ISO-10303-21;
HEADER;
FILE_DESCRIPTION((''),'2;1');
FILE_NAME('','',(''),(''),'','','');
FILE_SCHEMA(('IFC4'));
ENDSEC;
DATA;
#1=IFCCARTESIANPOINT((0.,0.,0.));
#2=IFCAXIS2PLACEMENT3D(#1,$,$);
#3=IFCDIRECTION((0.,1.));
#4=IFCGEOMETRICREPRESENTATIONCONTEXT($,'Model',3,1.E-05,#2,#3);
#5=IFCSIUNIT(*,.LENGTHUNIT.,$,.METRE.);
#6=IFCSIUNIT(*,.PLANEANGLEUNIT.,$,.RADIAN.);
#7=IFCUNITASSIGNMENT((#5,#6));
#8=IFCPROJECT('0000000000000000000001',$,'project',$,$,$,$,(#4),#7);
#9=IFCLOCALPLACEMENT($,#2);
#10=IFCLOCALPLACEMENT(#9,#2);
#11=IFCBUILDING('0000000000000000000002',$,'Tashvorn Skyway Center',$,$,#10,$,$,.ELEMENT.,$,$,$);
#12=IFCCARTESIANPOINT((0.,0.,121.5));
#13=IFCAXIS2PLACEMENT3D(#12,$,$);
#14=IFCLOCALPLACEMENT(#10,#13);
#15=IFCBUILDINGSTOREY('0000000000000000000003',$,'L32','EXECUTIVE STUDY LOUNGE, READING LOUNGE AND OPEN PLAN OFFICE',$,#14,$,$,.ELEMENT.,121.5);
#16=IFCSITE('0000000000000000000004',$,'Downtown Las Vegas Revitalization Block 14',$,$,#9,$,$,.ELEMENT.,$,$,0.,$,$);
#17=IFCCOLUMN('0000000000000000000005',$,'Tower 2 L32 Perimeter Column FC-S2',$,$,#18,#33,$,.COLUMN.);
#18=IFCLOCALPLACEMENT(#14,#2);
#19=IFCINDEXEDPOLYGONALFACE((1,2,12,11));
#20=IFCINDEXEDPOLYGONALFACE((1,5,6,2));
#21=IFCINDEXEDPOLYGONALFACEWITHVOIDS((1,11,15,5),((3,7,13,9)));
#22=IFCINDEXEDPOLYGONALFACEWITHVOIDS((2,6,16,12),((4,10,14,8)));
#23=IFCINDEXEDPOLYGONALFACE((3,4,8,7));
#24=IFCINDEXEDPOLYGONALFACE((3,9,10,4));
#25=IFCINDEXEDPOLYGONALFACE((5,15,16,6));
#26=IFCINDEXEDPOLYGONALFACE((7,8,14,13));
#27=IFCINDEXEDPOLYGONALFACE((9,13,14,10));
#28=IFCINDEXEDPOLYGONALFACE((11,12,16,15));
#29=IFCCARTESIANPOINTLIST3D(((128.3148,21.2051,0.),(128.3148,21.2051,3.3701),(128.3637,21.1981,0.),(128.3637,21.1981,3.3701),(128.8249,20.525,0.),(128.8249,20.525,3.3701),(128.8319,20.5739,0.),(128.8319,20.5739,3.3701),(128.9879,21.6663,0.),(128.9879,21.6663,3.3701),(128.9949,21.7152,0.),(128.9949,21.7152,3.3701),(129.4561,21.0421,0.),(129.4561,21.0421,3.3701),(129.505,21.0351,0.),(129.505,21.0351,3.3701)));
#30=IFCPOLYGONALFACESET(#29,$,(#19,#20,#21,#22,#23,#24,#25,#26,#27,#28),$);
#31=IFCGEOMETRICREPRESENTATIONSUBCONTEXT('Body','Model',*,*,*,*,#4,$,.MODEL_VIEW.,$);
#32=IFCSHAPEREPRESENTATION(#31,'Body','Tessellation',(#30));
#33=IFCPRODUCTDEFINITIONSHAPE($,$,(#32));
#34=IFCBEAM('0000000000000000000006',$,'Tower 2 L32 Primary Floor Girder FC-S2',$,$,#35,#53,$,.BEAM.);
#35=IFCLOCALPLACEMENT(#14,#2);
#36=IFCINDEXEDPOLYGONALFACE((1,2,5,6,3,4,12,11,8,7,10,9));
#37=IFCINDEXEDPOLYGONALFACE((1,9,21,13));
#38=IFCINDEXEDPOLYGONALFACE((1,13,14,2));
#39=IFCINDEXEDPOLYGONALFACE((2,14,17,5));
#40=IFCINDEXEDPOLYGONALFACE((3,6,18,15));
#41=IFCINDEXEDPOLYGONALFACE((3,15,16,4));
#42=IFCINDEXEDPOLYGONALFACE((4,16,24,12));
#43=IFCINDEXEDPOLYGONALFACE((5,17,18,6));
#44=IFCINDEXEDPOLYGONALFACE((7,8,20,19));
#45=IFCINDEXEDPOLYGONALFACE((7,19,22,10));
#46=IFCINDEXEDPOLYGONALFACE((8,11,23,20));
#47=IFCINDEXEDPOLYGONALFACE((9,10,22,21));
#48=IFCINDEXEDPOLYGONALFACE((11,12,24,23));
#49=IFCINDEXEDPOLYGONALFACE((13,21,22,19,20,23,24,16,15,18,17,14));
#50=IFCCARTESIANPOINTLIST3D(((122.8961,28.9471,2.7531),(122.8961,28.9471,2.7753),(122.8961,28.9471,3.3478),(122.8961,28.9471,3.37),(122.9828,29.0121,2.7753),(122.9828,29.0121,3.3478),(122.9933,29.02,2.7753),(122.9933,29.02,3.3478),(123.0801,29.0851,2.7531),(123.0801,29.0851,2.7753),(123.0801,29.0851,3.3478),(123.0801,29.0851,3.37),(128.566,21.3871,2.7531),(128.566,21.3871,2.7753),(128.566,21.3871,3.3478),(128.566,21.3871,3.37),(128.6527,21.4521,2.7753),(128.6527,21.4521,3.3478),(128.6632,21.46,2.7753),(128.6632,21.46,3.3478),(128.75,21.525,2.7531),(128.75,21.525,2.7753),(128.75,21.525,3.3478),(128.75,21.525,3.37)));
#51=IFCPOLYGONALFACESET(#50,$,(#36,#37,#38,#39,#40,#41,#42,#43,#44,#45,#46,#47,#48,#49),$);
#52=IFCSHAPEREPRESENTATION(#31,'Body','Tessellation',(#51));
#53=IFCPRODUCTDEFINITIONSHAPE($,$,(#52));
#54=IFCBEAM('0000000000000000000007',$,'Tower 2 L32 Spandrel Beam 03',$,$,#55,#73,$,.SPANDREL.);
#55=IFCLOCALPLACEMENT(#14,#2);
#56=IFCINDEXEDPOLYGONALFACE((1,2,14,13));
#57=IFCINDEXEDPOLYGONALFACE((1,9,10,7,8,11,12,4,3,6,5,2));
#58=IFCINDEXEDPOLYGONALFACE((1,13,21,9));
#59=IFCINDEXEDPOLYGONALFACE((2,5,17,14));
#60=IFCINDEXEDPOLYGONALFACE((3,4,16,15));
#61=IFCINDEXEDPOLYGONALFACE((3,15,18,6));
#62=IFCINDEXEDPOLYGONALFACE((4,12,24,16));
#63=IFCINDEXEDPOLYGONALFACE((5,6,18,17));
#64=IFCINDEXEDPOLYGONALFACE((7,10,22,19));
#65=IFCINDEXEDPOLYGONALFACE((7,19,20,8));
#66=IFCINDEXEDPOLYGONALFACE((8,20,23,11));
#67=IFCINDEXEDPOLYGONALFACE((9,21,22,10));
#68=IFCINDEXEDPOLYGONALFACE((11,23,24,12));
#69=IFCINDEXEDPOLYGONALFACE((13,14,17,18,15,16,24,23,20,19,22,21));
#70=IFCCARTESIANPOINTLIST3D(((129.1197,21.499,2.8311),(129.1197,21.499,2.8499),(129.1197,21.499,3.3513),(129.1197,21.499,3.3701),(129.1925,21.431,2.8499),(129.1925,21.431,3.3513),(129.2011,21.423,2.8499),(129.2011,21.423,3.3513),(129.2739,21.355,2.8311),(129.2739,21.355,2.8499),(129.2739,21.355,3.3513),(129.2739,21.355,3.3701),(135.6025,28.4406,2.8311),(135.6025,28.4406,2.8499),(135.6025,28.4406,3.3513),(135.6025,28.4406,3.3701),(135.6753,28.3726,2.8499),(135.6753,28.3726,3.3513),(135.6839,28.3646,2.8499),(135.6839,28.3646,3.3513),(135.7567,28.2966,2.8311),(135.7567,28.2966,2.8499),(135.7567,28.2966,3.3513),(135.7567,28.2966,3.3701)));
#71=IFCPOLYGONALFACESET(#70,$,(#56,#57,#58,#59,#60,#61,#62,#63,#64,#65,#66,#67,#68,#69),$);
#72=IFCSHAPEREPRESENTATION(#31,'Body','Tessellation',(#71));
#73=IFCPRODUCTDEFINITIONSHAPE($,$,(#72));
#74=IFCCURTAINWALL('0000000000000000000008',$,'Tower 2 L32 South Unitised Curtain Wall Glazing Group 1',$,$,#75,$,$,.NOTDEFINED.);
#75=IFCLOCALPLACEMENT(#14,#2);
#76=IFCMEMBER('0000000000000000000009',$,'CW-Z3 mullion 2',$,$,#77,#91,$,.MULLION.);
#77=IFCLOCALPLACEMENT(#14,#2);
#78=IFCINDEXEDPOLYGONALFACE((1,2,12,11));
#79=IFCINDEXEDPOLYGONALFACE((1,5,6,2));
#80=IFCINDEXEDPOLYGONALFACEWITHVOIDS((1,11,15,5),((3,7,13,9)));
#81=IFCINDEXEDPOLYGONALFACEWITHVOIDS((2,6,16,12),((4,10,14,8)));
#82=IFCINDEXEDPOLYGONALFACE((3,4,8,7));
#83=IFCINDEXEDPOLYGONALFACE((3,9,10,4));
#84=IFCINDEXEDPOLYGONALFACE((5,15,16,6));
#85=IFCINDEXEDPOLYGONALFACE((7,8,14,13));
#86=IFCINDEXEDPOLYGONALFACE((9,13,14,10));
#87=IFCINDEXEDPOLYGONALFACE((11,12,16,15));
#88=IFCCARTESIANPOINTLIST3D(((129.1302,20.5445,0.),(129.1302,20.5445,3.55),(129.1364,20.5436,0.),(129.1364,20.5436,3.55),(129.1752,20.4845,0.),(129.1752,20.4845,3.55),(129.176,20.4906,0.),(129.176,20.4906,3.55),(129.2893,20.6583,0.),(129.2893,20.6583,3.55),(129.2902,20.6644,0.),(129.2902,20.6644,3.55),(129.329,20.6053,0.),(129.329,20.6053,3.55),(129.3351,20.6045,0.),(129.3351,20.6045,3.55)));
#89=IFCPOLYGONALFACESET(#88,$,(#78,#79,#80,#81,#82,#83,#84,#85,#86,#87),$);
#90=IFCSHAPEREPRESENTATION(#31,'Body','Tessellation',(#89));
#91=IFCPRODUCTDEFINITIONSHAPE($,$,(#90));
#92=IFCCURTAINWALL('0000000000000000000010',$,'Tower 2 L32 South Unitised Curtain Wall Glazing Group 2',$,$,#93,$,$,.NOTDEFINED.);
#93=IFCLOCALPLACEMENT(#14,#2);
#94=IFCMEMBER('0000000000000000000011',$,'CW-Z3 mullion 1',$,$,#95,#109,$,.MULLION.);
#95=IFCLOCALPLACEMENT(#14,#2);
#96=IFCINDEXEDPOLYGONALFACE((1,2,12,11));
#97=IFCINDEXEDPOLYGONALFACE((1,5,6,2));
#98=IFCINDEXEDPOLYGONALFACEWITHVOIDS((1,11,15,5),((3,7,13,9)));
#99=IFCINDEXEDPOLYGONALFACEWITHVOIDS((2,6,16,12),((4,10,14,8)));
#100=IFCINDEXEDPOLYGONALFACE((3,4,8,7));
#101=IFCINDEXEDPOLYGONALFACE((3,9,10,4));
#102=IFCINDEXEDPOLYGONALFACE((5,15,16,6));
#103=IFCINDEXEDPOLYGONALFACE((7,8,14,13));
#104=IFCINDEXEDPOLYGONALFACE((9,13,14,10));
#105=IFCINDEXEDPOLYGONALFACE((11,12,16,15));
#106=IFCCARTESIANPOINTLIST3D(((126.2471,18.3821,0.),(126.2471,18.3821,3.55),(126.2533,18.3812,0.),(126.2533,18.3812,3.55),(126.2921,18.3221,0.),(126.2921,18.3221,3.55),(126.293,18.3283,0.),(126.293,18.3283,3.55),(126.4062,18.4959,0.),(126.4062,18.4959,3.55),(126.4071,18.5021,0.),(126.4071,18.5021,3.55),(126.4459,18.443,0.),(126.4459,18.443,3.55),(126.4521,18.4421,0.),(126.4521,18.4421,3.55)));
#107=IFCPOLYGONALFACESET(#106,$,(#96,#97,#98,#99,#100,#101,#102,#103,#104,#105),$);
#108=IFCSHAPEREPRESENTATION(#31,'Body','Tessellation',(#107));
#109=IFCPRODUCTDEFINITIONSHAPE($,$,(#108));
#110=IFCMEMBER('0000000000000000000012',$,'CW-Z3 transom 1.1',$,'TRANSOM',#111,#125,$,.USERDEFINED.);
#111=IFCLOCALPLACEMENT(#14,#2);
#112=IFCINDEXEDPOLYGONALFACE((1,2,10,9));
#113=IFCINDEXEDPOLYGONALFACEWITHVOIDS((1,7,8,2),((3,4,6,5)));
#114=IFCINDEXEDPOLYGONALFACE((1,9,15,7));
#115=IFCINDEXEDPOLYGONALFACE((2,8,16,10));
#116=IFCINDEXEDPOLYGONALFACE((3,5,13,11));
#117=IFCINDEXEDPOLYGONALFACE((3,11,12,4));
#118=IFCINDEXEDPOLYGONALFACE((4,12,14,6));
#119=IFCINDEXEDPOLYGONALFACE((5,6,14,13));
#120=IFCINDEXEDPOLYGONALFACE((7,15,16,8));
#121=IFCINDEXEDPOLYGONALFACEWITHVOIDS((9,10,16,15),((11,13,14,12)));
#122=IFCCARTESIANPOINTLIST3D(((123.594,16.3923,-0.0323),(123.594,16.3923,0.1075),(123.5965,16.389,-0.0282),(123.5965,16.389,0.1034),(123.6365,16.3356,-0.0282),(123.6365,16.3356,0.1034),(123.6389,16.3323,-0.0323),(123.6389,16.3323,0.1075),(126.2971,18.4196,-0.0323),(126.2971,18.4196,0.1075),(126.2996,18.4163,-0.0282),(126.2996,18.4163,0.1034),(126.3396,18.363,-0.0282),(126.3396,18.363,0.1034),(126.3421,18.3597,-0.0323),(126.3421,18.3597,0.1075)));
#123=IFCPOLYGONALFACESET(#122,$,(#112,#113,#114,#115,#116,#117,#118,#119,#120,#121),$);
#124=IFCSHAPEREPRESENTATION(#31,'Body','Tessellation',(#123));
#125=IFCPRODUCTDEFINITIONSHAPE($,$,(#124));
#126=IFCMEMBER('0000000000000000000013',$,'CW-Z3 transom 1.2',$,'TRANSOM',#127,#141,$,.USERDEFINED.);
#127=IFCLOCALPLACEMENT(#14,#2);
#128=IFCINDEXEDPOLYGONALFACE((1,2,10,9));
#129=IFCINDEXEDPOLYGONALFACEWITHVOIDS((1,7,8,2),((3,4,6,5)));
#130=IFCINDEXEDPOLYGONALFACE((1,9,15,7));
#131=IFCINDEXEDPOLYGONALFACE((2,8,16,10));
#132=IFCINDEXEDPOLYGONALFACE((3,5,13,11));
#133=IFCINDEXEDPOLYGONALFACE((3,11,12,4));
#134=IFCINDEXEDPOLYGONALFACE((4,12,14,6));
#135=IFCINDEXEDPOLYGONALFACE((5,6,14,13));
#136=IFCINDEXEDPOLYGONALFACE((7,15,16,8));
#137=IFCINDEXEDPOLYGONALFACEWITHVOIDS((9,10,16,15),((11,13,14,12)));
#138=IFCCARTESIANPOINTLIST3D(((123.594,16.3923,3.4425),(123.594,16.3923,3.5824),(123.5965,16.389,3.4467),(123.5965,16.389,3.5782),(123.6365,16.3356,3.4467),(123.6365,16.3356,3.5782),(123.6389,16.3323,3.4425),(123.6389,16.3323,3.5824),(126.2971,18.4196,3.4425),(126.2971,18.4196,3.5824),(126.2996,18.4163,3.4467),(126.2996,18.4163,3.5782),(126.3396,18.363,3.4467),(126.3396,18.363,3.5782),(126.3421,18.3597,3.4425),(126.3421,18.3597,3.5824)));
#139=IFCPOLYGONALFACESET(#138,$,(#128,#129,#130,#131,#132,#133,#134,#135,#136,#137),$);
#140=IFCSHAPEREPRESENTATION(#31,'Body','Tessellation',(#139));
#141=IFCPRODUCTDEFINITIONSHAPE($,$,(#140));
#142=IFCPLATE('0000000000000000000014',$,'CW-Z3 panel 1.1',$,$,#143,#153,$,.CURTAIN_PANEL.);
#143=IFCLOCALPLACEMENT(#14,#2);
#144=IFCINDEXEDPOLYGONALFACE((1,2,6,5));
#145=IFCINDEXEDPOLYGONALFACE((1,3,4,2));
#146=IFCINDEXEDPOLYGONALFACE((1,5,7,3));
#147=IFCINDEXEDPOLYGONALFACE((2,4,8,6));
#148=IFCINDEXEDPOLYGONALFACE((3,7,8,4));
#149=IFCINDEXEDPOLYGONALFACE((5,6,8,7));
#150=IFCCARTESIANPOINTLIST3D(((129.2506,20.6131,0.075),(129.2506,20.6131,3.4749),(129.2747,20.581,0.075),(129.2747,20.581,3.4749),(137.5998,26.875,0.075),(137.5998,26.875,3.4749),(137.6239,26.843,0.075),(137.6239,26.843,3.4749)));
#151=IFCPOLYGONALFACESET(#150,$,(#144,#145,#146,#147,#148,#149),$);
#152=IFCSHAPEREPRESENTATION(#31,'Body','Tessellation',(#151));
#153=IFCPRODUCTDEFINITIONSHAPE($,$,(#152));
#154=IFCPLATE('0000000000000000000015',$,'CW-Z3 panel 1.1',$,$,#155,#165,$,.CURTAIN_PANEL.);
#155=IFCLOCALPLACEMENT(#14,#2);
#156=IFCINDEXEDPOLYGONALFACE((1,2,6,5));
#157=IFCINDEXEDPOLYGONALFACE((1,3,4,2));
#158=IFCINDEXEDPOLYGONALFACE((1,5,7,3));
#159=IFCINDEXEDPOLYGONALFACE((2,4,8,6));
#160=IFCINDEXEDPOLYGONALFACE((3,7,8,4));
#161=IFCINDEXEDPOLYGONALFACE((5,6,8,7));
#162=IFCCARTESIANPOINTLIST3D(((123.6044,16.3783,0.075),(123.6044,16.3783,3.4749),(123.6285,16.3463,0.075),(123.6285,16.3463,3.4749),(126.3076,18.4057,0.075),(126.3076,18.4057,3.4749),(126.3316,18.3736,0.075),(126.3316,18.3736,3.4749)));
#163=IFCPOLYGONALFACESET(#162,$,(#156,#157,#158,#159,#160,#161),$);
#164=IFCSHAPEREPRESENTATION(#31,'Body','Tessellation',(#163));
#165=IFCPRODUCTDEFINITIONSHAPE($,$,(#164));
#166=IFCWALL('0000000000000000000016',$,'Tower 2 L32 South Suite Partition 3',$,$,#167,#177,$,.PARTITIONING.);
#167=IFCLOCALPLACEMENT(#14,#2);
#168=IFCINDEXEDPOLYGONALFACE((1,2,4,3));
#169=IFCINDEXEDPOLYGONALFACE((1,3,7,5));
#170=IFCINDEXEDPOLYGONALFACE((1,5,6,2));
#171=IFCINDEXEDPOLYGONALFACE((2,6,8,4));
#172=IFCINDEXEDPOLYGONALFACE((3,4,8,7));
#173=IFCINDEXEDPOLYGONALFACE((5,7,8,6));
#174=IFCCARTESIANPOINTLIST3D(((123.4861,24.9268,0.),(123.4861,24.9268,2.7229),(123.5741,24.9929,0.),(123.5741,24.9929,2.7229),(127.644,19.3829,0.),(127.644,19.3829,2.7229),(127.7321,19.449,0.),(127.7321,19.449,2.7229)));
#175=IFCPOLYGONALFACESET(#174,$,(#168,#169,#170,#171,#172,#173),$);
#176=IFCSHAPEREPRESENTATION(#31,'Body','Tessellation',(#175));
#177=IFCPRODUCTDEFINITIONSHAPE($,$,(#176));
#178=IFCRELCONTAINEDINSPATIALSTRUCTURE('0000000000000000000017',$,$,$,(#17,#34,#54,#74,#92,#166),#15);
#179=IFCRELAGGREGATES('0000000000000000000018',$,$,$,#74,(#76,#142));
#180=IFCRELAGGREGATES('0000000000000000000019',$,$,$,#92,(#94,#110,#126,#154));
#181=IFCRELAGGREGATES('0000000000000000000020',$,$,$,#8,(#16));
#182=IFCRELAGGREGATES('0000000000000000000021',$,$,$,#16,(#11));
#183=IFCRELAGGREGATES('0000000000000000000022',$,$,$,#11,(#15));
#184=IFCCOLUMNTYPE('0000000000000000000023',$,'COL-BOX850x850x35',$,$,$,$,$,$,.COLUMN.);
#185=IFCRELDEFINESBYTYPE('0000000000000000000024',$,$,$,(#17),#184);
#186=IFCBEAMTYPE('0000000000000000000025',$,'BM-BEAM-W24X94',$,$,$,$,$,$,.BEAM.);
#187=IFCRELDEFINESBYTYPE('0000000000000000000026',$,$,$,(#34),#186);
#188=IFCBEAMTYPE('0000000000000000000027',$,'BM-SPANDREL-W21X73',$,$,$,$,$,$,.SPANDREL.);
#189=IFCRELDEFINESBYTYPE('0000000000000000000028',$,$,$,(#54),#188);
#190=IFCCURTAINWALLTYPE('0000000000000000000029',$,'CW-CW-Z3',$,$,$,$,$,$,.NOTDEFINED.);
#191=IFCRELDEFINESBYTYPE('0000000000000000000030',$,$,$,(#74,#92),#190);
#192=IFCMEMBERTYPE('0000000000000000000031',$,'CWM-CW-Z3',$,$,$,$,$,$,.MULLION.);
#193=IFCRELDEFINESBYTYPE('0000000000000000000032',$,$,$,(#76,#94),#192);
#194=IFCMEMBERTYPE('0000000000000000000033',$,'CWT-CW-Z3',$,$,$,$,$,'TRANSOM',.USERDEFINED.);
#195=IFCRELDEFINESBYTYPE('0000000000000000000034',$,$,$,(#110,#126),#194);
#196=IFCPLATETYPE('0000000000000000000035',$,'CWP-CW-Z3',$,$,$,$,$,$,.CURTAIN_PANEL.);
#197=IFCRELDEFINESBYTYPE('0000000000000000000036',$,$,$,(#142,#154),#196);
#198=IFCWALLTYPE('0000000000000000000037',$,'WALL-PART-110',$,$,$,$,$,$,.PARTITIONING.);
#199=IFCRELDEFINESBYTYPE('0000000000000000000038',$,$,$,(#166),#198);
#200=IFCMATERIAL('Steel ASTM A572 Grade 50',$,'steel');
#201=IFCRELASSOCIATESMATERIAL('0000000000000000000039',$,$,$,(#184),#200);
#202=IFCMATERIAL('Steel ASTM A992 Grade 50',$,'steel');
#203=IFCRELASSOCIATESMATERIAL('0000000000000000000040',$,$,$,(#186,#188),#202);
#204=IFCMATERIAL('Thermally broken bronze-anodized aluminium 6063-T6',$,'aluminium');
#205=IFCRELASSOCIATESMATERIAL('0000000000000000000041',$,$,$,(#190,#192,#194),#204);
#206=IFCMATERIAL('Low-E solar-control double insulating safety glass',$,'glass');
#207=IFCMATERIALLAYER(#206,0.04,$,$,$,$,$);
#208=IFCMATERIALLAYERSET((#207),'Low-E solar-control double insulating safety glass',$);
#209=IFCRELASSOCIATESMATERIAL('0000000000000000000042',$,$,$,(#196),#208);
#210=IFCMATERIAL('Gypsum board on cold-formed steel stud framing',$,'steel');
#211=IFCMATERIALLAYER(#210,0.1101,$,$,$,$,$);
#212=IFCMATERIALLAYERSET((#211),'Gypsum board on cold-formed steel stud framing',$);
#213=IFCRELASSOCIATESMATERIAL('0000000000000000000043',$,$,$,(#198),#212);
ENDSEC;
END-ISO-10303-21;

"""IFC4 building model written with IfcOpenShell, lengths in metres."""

from ifc_helpers import new_model, si_unit, direction, frame, frame_2d, origin, origin_2d, place, context, subcontext, project, spatial, rectangle, hollow_rectangle, i_section, extrude, material, layer, layer_set, material_profile, profile_set, type_object, element, aggregate, save


model = new_model("IFC4")

# Units and contexts
model_context = context("Model", 3, precision=1e-05, world=origin(), true_north=direction((0.0, 1.0)))
body_context = subcontext(model_context, "Body", "Model", "MODEL_VIEW")
ifc_project = project(units=[si_unit("LENGTHUNIT", "METRE"), si_unit("PLANEANGLEUNIT", "RADIAN")], contexts=[model_context])

# Site, building, storey
site_placement = place(None, origin())
site = spatial("IfcSite", under=ifc_project, at=site_placement, Name="Downtown Las Vegas Revitalization Block 14", CompositionType="ELEMENT", RefElevation=0.0)
building_placement = place(site_placement, origin())
building = spatial("IfcBuilding", under=site, at=building_placement, Name="Tashvorn Skyway Center", CompositionType="ELEMENT")
storey_placement = place(building_placement, frame((0.0, 0.0, 121.5)))
storey = spatial("IfcBuildingStorey", under=building, at=storey_placement, Name="L32", Description="EXECUTIVE STUDY LOUNGE, READING LOUNGE AND OPEN PLAN OFFICE", CompositionType="ELEMENT", Elevation=121.5)

# Column
ifc_material_1 = material(Name="Steel ASTM A572 Grade 50", Category="steel")
ifc_material_profile_1 = material_profile(ifc_material_1, hollow_rectangle(XDim=0.8501, YDim=0.8501, WallThickness=0.0349, at=origin_2d()), Name="BOX850x850x35")
ifc_profile_set_1 = profile_set([ifc_material_profile_1], Name="Steel ASTM A572 Grade 50")
column_type = type_object("IfcColumnType", Name="COL-BOX850x850x35", PredefinedType="COLUMN", material=ifc_profile_set_1)
column_placement = place(storey_placement, frame((128.9099, 21.1201, 0.0), z_axis=(0.0, 0.0, 1.0), x_axis=(0.8, 0.6, 0.0)))
element("IfcColumn", 1, at=column_placement, inside=storey, type_object=column_type, Name="Tower 2 L32 Perimeter Column FC-S2", PredefinedType="COLUMN", context=body_context, shape_type="SweptSolid", body=[
    extrude(hollow_rectangle(XDim=0.8501, YDim=0.8501, WallThickness=0.0349, at=origin_2d()), origin(), (0.0, 0.0, 1.0), 3.3701),
])

# Beams
ifc_material_2 = material(Name="Steel ASTM A992 Grade 50", Category="steel")
ifc_material_profile_2 = material_profile(ifc_material_2, i_section(OverallWidth=0.23, OverallDepth=0.6169, WebThickness=0.0132, FlangeThickness=0.0222, at=origin_2d()), Name="W24X94")
ifc_profile_set_2 = profile_set([ifc_material_profile_2], Name="Steel ASTM A992 Grade 50")
beam_type_1 = type_object("IfcBeamType", Name="BM-BEAM-W24X94", PredefinedType="BEAM", material=ifc_profile_set_2)
beam_1_placement = place(storey_placement, frame((128.658, 21.4561, 3.0615), z_axis=(-0.599992, 0.800006, 0.0), x_axis=(-0.800006, -0.599992, 0.0)))
element("IfcBeam", 2, at=beam_1_placement, inside=storey, type_object=beam_type_1, Name="Tower 2 L32 Primary Floor Girder FC-S2", PredefinedType="BEAM", context=body_context, shape_type="SweptSolid", body=[
    extrude(i_section(OverallWidth=0.23, OverallDepth=0.6169, WebThickness=0.0132, FlangeThickness=0.0222, at=origin_2d()), origin(), (0.0, 0.0, 1.0), 9.45),
])
ifc_material_profile_3 = material_profile(ifc_material_2, i_section(OverallWidth=0.2109, OverallDepth=0.5391, WebThickness=0.0117, FlangeThickness=0.0188, at=origin_2d()), Name="W21X73")
ifc_profile_set_3 = profile_set([ifc_material_profile_3], Name="Steel ASTM A992 Grade 50")
beam_type_2 = type_object("IfcBeamType", Name="BM-SPANDREL-W21X73", PredefinedType="SPANDREL", material=ifc_profile_set_3)
beam_2_placement = place(storey_placement, frame((129.1968, 21.427, 3.1006), z_axis=(0.682545, 0.730843, 0.0), x_axis=(-0.730843, 0.682545, 0.0)))
element("IfcBeam", 3, at=beam_2_placement, inside=storey, type_object=beam_type_2, Name="Tower 2 L32 Spandrel Beam 03", PredefinedType="SPANDREL", context=body_context, shape_type="SweptSolid", body=[
    extrude(i_section(OverallWidth=0.2109, OverallDepth=0.5391, WebThickness=0.0117, FlangeThickness=0.0188, at=origin_2d()), origin(), (0.0, 0.0, 1.0), 9.498),
])

# Curtain wall, member
ifc_material_3 = material(Name="Thermally broken bronze-anodized aluminium 6063-T6", Category="aluminium")
curtain_wall_type = type_object("IfcCurtainWallType", Name="CW-CW-Z3", PredefinedType="NOTDEFINED", material=ifc_material_3)
curtain_wall_1_placement = place(storey_placement, origin())
curtain_wall_1 = element("IfcCurtainWall", 4, at=curtain_wall_1_placement, inside=storey, type_object=curtain_wall_type, Name="Tower 2 L32 South Unitised Curtain Wall Glazing Group 1", PredefinedType="NOTDEFINED")
ifc_material_profile_4 = material_profile(ifc_material_3, hollow_rectangle(XDim=0.075, YDim=0.2, WallThickness=0.0044, at=origin_2d()), Name="ALU-MULL-75x200")
ifc_profile_set_4 = profile_set([ifc_material_profile_4], Name="Thermally broken bronze-anodized aluminium 6063-T6")
member_type_1 = type_object("IfcMemberType", Name="CWM-CW-Z3", PredefinedType="MULLION", material=ifc_profile_set_4)
member_1_placement = place(storey_placement, frame((129.2327, 20.5745, 0.0), z_axis=(0.0, 0.0, 1.0), x_axis=(0.600002, -0.799999, 0.0)))
member_1 = element("IfcMember", 5, at=member_1_placement, type_object=member_type_1, Name="CW-Z3 mullion 2", PredefinedType="MULLION", context=body_context, shape_type="SweptSolid", body=[
    extrude(hollow_rectangle(XDim=0.075, YDim=0.2, WallThickness=0.0044, at=origin_2d()), origin(), (0.0, 0.0, 1.0), 3.55),
])

# Curtain wall, members
curtain_wall_2_placement = place(storey_placement, origin())
curtain_wall_2 = element("IfcCurtainWall", 6, at=curtain_wall_2_placement, inside=storey, type_object=curtain_wall_type, Name="Tower 2 L32 South Unitised Curtain Wall Glazing Group 2", PredefinedType="NOTDEFINED")
member_2_placement = place(storey_placement, frame((126.3496, 18.4121, 0.0), z_axis=(0.0, 0.0, 1.0), x_axis=(0.6, -0.8, 0.0)))
member_2 = element("IfcMember", 7, at=member_2_placement, type_object=member_type_1, Name="CW-Z3 mullion 1", PredefinedType="MULLION", context=body_context, shape_type="SweptSolid", body=[
    extrude(hollow_rectangle(XDim=0.075, YDim=0.2, WallThickness=0.0044, at=origin_2d()), origin(), (0.0, 0.0, 1.0), 3.55),
])
ifc_material_profile_5 = material_profile(ifc_material_3, hollow_rectangle(XDim=0.075, YDim=0.1399, WallThickness=0.0042, at=origin_2d()), Name="ALU-TRAN-75x140")
ifc_profile_set_5 = profile_set([ifc_material_profile_5], Name="Thermally broken bronze-anodized aluminium 6063-T6")
member_type_2 = type_object("IfcMemberType", Name="CWT-CW-Z3", ElementType="TRANSOM", PredefinedType="USERDEFINED", material=ifc_profile_set_5)
member_3_placement = place(storey_placement, frame((126.3196, 18.3896, 0.0376), z_axis=(-0.8, -0.6, 0.0), x_axis=(0.6, -0.8, 0.0)))
member_3 = element("IfcMember", 8, at=member_3_placement, type_object=member_type_2, Name="CW-Z3 transom 1.1", ObjectType="TRANSOM", PredefinedType="USERDEFINED", context=body_context, shape_type="SweptSolid", body=[
    extrude(hollow_rectangle(XDim=0.075, YDim=0.1399, WallThickness=0.0042, at=origin_2d()), origin(), (0.0, 0.0, 1.0), 3.3789),
])
member_4_placement = place(storey_placement, frame((126.3196, 18.3896, 3.5125), z_axis=(-0.8, -0.6, 0.0), x_axis=(0.6, -0.8, 0.0)))
member_4 = element("IfcMember", 9, at=member_4_placement, type_object=member_type_2, Name="CW-Z3 transom 1.2", ObjectType="TRANSOM", PredefinedType="USERDEFINED", context=body_context, shape_type="SweptSolid", body=[
    extrude(hollow_rectangle(XDim=0.075, YDim=0.1399, WallThickness=0.0042, at=origin_2d()), origin(), (0.0, 0.0, 1.0), 3.3789),
])

# Plates
ifc_material_4 = material(Name="Low-E solar-control double insulating safety glass", Category="glass")
ifc_layer_1 = layer(ifc_material_4, 0.04)
ifc_layer_set_1 = layer_set([ifc_layer_1], Name="Low-E solar-control double insulating safety glass")
plate_type = type_object("IfcPlateType", Name="CWP-CW-Z3", PredefinedType="CURTAIN_PANEL", material=ifc_layer_set_1)
plate_1_placement = place(storey_placement, frame((133.4373, 23.728, 0.075), z_axis=(0.0, 0.0, 1.0), x_axis=(-0.799999, -0.600002, 0.0)))
plate_1 = element("IfcPlate", 10, at=plate_1_placement, type_object=plate_type, Name="CW-Z3 panel 1.1", PredefinedType="CURTAIN_PANEL", context=body_context, shape_type="SweptSolid", body=[
    extrude(rectangle(XDim=10.4365, YDim=0.04, at=origin_2d()), origin(), (0.0, 0.0, 1.0), 3.3999),
])
aggregate(curtain_wall_1, [member_1, plate_1])
plate_2_placement = place(storey_placement, frame((124.968, 17.376, 0.075), z_axis=(0.0, 0.0, 1.0), x_axis=(-0.8, -0.6, 0.0)))
plate_2 = element("IfcPlate", 11, at=plate_2_placement, type_object=plate_type, Name="CW-Z3 panel 1.1", PredefinedType="CURTAIN_PANEL", context=body_context, shape_type="SweptSolid", body=[
    extrude(rectangle(XDim=3.3789, YDim=0.04, at=origin_2d()), origin(), (0.0, 0.0, 1.0), 3.3999),
])
aggregate(curtain_wall_2, [member_2, member_3, member_4, plate_2])

# Wall
ifc_material_5 = material(Name="Gypsum board on cold-formed steel stud framing", Category="steel")
ifc_layer_2 = layer(ifc_material_5, 0.1101)
ifc_layer_set_2 = layer_set([ifc_layer_2], Name="Gypsum board on cold-formed steel stud framing")
wall_type = type_object("IfcWallType", Name="WALL-PART-110", PredefinedType="PARTITIONING", material=ifc_layer_set_2)
wall_1_placement = place(storey_placement, frame((127.688, 19.416, 0.0), z_axis=(0.0, 0.0, 1.0), x_axis=(-0.6, 0.8, 0.0)))
element("IfcWall", 12, at=wall_1_placement, inside=storey, type_object=wall_type, Name="Tower 2 L32 South Suite Partition 3", PredefinedType="PARTITIONING", context=body_context, shape_type="SweptSolid", body=[
    extrude(rectangle(XDim=6.9299, YDim=0.1101, at=frame_2d((3.4648, 0.0))), origin(), (0.0, 0.0, 1.0), 2.7229),
])

save(model, "model.ifc")
